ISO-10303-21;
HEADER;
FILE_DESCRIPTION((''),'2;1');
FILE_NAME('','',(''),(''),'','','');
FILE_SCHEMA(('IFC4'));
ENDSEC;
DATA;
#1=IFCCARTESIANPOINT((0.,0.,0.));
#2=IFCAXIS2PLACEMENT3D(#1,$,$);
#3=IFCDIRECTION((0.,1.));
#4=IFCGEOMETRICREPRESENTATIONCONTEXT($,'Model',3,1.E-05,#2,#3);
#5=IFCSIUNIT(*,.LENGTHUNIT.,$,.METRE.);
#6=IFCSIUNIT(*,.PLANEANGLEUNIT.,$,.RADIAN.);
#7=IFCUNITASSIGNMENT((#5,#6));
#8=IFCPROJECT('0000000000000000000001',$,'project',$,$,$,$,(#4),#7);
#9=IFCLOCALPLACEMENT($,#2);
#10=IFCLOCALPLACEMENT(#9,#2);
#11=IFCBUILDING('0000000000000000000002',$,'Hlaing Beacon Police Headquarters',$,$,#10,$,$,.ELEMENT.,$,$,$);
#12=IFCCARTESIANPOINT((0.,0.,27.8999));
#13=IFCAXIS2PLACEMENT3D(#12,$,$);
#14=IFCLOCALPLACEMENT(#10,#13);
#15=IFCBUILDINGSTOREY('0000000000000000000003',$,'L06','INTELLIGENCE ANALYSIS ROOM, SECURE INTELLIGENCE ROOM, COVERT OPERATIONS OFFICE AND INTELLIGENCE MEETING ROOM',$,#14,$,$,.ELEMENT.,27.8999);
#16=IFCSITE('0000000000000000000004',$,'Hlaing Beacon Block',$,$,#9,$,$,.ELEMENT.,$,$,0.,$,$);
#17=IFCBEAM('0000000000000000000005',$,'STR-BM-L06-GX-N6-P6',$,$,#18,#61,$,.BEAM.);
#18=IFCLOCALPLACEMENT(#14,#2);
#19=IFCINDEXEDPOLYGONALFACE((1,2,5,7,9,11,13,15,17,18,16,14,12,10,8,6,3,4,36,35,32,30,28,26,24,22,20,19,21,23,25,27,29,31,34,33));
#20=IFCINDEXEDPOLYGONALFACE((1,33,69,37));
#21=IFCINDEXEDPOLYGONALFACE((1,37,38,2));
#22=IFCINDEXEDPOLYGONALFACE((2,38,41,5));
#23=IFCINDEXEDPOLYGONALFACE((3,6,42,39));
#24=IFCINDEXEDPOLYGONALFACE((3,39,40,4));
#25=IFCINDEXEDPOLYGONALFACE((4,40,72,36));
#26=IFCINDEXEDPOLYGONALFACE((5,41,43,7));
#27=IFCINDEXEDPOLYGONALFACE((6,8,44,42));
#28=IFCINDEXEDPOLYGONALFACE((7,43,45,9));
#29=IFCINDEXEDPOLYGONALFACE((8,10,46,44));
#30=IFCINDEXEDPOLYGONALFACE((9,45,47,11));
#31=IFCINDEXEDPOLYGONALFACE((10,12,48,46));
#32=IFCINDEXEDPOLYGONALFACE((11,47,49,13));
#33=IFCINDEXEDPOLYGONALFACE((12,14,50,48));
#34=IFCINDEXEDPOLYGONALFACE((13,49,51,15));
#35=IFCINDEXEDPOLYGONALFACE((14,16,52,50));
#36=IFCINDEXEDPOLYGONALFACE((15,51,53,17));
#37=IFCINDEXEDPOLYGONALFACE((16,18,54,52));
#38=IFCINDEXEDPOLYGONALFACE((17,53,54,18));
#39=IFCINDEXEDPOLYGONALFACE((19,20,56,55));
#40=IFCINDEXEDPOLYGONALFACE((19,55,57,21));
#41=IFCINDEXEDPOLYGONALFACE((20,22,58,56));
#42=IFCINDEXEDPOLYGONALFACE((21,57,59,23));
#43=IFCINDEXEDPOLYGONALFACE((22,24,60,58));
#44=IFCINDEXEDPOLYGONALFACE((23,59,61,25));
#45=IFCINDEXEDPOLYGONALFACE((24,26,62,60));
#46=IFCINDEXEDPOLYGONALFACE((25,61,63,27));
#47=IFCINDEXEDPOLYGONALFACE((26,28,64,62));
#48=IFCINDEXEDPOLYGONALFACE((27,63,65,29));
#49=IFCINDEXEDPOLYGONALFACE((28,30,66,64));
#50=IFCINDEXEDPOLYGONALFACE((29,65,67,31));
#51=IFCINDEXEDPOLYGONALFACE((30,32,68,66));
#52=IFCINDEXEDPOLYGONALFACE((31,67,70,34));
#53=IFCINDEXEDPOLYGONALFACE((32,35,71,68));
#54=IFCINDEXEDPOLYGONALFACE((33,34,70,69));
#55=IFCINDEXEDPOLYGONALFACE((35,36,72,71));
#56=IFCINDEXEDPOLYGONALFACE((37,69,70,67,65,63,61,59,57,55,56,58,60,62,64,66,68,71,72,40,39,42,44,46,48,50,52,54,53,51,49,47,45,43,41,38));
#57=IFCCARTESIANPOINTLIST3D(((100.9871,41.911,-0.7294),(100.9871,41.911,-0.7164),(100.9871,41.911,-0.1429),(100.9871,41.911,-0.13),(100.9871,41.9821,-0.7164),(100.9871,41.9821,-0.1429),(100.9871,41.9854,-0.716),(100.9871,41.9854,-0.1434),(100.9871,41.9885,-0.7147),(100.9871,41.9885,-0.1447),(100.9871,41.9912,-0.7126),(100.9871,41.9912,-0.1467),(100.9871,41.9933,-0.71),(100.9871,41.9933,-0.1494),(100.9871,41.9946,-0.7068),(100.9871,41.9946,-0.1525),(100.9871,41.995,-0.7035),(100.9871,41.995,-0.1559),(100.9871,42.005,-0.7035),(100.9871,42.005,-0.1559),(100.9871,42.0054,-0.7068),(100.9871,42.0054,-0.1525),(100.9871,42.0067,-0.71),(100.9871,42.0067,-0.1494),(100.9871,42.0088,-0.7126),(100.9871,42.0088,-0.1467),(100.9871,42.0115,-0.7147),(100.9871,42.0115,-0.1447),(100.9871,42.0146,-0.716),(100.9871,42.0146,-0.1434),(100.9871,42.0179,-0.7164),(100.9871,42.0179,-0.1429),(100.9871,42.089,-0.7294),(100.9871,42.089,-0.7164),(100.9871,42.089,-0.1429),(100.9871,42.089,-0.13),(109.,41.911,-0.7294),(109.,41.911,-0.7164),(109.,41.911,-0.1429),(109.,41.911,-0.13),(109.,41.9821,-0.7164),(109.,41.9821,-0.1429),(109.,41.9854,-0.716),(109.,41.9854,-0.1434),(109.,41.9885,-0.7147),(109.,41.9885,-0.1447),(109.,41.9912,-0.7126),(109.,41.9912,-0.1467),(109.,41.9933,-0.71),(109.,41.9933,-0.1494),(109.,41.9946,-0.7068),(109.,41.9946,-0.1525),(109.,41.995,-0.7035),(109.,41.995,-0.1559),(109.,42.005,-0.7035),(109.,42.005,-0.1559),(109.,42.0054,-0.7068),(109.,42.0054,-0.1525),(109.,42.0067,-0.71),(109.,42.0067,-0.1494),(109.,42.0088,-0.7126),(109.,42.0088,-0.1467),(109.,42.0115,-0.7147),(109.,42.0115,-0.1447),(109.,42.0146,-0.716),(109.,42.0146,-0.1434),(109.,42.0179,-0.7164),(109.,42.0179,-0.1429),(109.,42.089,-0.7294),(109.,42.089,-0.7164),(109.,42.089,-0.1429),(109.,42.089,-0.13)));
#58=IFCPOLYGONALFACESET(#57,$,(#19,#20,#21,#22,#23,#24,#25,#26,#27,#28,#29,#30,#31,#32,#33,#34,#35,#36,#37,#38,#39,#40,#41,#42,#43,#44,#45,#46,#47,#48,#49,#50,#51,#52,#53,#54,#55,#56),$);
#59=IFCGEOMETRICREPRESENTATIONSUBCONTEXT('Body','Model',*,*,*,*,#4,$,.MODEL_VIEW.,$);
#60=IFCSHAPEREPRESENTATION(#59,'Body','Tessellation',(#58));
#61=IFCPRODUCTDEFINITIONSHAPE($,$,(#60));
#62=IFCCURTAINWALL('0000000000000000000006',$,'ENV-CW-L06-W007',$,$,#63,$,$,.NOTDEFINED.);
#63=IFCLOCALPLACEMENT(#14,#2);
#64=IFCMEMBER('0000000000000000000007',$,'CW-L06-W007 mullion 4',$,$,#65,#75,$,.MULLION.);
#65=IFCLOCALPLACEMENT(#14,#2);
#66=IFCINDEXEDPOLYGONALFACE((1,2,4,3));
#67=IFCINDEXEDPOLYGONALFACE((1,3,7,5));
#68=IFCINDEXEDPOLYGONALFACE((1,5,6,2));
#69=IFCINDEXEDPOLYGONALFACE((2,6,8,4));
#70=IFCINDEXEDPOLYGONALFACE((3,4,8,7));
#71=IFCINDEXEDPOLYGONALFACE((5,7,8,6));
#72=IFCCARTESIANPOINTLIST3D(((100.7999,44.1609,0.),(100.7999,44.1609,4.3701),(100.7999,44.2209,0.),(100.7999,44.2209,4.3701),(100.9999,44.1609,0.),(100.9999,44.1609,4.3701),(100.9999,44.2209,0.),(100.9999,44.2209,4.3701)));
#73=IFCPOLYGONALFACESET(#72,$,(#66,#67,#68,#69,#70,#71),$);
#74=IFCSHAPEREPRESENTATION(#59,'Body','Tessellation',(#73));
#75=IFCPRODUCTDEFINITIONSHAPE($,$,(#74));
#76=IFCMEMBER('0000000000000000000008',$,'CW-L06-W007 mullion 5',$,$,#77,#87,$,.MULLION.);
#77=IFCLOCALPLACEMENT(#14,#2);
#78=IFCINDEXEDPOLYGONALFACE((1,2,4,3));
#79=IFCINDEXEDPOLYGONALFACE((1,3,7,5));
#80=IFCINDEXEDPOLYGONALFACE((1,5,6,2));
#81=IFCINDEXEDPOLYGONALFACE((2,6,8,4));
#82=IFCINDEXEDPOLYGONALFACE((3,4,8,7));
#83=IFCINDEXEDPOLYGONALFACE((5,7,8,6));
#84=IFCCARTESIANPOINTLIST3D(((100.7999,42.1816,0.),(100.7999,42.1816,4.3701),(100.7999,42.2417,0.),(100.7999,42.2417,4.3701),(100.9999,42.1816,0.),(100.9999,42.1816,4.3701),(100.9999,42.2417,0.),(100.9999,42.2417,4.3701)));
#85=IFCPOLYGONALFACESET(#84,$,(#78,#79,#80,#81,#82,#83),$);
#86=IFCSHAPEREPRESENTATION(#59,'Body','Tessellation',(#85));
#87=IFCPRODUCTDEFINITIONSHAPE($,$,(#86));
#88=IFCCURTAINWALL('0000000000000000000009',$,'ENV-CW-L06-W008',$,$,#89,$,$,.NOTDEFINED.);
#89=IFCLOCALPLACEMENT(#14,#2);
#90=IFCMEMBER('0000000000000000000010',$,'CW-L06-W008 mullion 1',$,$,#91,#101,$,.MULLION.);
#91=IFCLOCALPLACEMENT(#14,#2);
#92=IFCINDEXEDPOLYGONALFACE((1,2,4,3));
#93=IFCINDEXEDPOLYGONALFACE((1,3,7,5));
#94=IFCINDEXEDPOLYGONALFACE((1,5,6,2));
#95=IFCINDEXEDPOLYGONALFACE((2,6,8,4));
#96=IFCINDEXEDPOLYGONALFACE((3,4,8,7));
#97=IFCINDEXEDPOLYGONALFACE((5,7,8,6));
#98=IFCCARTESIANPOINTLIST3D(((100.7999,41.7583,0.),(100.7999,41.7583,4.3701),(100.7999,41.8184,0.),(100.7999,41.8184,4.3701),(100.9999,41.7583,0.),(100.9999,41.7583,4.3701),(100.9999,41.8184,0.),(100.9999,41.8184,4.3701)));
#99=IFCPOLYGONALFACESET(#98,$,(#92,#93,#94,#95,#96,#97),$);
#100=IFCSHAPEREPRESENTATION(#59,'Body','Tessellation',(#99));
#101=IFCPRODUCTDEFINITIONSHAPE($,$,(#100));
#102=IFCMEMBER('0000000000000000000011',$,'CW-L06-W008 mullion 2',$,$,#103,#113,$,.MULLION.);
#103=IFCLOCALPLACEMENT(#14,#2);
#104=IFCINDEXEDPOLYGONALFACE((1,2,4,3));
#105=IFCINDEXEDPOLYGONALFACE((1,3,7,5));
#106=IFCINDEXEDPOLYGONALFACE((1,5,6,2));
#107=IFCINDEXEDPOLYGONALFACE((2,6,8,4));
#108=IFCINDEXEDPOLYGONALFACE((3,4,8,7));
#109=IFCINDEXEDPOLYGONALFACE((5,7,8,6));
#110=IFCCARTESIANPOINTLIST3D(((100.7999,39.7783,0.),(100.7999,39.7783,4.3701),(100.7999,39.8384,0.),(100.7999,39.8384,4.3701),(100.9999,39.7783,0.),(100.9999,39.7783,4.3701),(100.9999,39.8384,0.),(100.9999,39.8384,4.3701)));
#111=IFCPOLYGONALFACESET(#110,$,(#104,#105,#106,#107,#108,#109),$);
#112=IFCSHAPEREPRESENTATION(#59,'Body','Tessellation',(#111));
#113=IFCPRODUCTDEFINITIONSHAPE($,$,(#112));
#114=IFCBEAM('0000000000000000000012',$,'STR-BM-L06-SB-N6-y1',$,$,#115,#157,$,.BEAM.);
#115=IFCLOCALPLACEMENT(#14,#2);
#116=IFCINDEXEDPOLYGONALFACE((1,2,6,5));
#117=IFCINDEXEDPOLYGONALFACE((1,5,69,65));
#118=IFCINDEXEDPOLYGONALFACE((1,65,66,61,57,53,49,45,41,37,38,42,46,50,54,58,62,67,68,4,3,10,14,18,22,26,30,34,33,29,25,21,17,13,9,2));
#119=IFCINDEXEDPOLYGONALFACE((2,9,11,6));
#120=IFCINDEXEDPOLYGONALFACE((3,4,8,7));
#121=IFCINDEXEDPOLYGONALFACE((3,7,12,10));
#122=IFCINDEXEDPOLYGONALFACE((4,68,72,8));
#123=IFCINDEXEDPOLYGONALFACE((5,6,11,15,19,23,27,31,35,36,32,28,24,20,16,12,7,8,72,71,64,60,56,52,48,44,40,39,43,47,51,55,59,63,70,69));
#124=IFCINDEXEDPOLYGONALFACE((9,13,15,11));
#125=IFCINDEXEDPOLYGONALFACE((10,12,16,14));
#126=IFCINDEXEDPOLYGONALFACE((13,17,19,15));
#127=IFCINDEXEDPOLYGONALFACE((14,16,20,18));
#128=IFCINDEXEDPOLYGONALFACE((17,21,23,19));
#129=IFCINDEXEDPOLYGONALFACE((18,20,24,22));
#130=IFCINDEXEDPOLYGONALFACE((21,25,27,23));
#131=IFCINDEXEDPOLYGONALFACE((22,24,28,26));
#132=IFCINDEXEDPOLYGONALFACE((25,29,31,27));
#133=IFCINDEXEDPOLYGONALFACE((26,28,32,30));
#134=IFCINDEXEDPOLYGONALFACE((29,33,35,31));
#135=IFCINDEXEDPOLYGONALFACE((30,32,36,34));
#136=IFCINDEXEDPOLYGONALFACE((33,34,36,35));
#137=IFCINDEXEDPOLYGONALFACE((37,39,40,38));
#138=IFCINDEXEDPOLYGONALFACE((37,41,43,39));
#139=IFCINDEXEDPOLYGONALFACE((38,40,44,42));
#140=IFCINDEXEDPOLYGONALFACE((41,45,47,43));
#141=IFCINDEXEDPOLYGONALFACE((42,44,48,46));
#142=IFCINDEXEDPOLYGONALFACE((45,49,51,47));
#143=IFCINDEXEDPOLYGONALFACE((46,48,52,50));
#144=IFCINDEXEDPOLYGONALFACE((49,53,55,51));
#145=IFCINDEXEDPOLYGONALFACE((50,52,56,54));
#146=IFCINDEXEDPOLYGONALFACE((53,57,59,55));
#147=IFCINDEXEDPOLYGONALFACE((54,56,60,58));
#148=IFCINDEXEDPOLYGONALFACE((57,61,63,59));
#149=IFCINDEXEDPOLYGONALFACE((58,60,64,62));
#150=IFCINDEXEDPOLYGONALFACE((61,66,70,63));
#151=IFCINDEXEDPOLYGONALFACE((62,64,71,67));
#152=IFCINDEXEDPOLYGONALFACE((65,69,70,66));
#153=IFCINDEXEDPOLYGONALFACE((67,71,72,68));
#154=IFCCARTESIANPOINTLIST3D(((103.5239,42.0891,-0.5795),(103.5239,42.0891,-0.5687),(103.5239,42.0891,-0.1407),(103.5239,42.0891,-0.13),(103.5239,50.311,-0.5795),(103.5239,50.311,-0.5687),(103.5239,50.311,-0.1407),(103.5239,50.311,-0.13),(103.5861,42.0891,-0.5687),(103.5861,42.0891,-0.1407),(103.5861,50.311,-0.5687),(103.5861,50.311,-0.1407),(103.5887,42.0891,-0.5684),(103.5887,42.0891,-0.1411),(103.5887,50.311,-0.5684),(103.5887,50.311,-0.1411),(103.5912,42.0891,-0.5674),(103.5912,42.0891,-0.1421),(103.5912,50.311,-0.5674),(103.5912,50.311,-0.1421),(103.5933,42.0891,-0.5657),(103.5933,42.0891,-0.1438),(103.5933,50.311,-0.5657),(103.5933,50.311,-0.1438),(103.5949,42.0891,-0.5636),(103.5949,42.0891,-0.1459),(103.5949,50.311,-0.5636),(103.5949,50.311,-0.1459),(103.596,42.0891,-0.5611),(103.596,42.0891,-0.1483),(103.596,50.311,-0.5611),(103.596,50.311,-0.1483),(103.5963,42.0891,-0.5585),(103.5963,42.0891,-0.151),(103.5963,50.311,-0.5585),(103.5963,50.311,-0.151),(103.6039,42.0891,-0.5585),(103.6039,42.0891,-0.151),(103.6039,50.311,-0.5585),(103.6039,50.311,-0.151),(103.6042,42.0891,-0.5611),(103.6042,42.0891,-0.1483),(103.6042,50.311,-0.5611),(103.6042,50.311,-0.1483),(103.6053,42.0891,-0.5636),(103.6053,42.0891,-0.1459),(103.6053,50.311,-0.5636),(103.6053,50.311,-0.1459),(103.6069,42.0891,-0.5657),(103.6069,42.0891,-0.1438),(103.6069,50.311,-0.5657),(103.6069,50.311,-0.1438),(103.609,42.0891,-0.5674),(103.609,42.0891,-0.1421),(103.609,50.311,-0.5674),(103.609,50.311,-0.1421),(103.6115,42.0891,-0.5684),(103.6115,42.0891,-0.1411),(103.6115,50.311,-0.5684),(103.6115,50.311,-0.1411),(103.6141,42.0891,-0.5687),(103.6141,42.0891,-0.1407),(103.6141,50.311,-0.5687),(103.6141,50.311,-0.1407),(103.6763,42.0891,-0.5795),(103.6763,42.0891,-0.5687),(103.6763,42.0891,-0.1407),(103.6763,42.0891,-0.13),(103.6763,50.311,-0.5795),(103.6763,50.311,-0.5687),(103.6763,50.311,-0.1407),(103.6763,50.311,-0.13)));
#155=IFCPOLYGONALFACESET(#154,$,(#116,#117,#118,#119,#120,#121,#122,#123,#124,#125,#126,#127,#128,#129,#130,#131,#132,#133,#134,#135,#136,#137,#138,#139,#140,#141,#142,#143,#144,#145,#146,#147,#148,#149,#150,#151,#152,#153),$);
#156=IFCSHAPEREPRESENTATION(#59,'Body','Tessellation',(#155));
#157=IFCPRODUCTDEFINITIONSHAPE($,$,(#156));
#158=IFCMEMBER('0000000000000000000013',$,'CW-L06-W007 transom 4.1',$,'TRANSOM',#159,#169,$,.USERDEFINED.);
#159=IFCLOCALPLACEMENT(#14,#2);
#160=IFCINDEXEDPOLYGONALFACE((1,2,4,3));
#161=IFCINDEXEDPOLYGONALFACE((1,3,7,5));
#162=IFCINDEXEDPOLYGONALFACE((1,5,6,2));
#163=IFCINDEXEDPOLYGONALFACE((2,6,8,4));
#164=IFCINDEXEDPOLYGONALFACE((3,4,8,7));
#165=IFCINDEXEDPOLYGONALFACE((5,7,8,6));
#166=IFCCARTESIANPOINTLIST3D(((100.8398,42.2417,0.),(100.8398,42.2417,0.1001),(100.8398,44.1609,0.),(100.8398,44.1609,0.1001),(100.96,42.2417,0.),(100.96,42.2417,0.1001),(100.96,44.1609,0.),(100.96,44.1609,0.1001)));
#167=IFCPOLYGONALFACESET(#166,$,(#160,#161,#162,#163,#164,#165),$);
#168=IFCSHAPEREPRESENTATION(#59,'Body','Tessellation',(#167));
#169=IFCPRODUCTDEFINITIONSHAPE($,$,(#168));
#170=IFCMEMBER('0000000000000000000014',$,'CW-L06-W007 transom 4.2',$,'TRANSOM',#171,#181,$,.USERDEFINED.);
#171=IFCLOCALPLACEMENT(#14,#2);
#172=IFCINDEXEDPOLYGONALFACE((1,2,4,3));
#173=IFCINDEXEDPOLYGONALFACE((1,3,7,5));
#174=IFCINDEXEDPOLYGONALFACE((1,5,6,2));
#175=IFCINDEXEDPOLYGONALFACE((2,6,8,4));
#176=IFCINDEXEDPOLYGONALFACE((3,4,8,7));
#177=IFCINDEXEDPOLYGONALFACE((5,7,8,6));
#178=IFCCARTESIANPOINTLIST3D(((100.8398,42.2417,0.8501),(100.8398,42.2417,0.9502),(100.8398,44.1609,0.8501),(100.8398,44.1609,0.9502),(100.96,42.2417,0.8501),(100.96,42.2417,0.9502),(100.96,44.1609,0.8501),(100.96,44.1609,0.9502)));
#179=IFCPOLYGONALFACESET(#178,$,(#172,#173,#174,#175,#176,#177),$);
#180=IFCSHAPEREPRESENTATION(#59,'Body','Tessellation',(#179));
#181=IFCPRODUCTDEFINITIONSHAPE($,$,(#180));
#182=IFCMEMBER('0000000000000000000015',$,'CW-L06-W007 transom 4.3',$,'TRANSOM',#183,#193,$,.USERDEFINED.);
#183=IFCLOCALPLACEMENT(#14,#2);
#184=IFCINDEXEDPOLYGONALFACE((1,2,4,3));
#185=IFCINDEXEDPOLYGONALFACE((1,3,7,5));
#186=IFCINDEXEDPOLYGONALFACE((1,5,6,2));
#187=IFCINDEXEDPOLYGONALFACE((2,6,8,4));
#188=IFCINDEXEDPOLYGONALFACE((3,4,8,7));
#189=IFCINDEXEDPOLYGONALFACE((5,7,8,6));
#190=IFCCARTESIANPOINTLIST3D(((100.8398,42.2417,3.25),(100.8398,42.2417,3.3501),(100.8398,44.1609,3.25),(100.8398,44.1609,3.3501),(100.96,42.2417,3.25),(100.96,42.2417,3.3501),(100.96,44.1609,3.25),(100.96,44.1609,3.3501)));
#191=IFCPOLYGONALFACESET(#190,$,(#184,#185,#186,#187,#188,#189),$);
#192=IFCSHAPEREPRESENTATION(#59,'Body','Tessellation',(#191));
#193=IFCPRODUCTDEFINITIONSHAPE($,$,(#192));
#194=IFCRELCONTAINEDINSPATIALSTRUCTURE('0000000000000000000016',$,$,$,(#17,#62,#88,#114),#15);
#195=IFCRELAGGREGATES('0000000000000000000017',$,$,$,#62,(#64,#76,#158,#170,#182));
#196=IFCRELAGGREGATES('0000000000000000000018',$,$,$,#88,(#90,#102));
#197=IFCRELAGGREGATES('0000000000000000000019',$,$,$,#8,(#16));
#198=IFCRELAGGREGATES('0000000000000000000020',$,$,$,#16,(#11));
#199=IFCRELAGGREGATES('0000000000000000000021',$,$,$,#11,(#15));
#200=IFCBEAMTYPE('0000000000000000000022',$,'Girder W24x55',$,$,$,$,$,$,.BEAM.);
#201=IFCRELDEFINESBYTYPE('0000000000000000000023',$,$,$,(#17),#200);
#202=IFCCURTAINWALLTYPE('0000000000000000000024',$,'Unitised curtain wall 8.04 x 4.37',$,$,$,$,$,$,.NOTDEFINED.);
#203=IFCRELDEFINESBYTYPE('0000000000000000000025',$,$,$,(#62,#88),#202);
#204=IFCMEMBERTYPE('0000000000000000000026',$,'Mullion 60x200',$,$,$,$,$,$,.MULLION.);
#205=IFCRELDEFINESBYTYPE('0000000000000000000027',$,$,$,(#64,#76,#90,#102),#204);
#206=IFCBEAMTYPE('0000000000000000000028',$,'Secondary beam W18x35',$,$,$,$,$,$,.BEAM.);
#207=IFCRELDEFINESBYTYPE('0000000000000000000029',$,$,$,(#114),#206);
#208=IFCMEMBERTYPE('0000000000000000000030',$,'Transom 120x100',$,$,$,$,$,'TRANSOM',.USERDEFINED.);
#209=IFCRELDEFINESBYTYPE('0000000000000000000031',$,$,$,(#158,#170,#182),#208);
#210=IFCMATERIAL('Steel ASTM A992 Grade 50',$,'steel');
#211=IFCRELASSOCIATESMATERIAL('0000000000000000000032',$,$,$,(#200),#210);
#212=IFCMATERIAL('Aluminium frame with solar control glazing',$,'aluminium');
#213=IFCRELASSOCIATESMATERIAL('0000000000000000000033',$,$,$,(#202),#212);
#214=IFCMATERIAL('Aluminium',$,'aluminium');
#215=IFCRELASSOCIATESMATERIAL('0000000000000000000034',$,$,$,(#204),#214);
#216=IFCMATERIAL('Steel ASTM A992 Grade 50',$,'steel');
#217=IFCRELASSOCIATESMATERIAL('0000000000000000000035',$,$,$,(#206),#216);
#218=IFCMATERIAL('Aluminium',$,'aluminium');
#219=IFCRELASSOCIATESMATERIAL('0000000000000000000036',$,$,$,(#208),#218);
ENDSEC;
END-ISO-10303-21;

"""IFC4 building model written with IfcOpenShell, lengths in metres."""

from ifc_helpers import new_model, si_unit, direction, frame, origin, origin_2d, place, context, subcontext, project, spatial, rectangle, i_section, extrude, material, material_profile, profile_set, type_object, element, aggregate, save


model = new_model("IFC4")

# Units and contexts
model_context = context("Model", 3, precision=1e-05, world=origin(), true_north=direction((0.0, 1.0)))
body_context = subcontext(model_context, "Body", "Model", "MODEL_VIEW")
ifc_project = project(units=[si_unit("LENGTHUNIT", "METRE"), si_unit("PLANEANGLEUNIT", "RADIAN")], contexts=[model_context])

# Site, building, storey
site_placement = place(None, origin())
site = spatial("IfcSite", under=ifc_project, at=site_placement, Name="Hlaing Beacon Block", CompositionType="ELEMENT", RefElevation=0.0)
building_placement = place(site_placement, origin())
building = spatial("IfcBuilding", under=site, at=building_placement, Name="Hlaing Beacon Police Headquarters", CompositionType="ELEMENT")
storey_placement = place(building_placement, frame((0.0, 0.0, 27.8999)))
storey = spatial("IfcBuildingStorey", under=building, at=storey_placement, Name="L06", Description="INTELLIGENCE ANALYSIS ROOM, SECURE INTELLIGENCE ROOM, COVERT OPERATIONS OFFICE AND INTELLIGENCE MEETING ROOM", CompositionType="ELEMENT", Elevation=27.8999)

# Beam
ifc_material_1 = material(Name="Steel ASTM A992 Grade 50", Category="steel")
ifc_material_profile_1 = material_profile(ifc_material_1, i_section(OverallWidth=0.178, OverallDepth=0.5994, WebThickness=0.01, FlangeThickness=0.0129, FilletRadius=0.0129, at=origin_2d()), Name="W24x55")
ifc_profile_set_1 = profile_set([ifc_material_profile_1], Name="Steel ASTM A992 Grade 50")
beam_type_1 = type_object("IfcBeamType", Name="Girder W24x55", PredefinedType="BEAM", material=ifc_profile_set_1)
beam_1_placement = place(storey_placement, frame((100.9871, 42.0, -0.4297), z_axis=(1.0, 0.0, 0.0), x_axis=(0.0, 1.0, 0.0)))
element("IfcBeam", 1, at=beam_1_placement, inside=storey, type_object=beam_type_1, Name="STR-BM-L06-GX-N6-P6", PredefinedType="BEAM", context=body_context, shape_type="SweptSolid", body=[
    extrude(i_section(OverallWidth=0.178, OverallDepth=0.5994, WebThickness=0.01, FlangeThickness=0.0129, FilletRadius=0.0129, at=origin_2d()), origin(), (0.0, 0.0, 1.0), 8.0129),
])

# Curtain walls, members
ifc_material_2 = material(Name="Aluminium frame with solar control glazing", Category="aluminium")
curtain_wall_type = type_object("IfcCurtainWallType", Name="Unitised curtain wall 8.04 x 4.37", PredefinedType="NOTDEFINED", material=ifc_material_2)
curtain_wall_1_placement = place(storey_placement, origin())
curtain_wall_1 = element("IfcCurtainWall", 2, at=curtain_wall_1_placement, inside=storey, type_object=curtain_wall_type, Name="ENV-CW-L06-W007", PredefinedType="NOTDEFINED")
ifc_material_3 = material(Name="Aluminium", Category="aluminium")
ifc_material_profile_2 = material_profile(ifc_material_3, rectangle(XDim=0.2, YDim=0.0601, at=origin_2d()), Name="Mullion 60x200")
ifc_profile_set_2 = profile_set([ifc_material_profile_2], Name="Aluminium")
member_type_1 = type_object("IfcMemberType", Name="Mullion 60x200", PredefinedType="MULLION", material=ifc_profile_set_2)
member_1_placement = place(storey_placement, frame((100.8999, 44.1909, 0.0), z_axis=(0.0, 0.0, 1.0), x_axis=(1.0, 0.0, 0.0)))
member_1 = element("IfcMember", 3, at=member_1_placement, type_object=member_type_1, Name="CW-L06-W007 mullion 4", PredefinedType="MULLION", context=body_context, shape_type="SweptSolid", body=[
    extrude(rectangle(XDim=0.2, YDim=0.0601, at=origin_2d()), origin(), (0.0, 0.0, 1.0), 4.3701),
])
member_2_placement = place(storey_placement, frame((100.8999, 42.2117, 0.0), z_axis=(0.0, 0.0, 1.0), x_axis=(1.0, 0.0, 0.0)))
member_2 = element("IfcMember", 4, at=member_2_placement, type_object=member_type_1, Name="CW-L06-W007 mullion 5", PredefinedType="MULLION", context=body_context, shape_type="SweptSolid", body=[
    extrude(rectangle(XDim=0.2, YDim=0.0601, at=origin_2d()), origin(), (0.0, 0.0, 1.0), 4.3701),
])
curtain_wall_2_placement = place(storey_placement, origin())
curtain_wall_2 = element("IfcCurtainWall", 5, at=curtain_wall_2_placement, inside=storey, type_object=curtain_wall_type, Name="ENV-CW-L06-W008", PredefinedType="NOTDEFINED")
member_3_placement = place(storey_placement, frame((100.8999, 41.7883, 0.0), z_axis=(0.0, 0.0, 1.0), x_axis=(1.0, 0.0, 0.0)))
member_3 = element("IfcMember", 6, at=member_3_placement, type_object=member_type_1, Name="CW-L06-W008 mullion 1", PredefinedType="MULLION", context=body_context, shape_type="SweptSolid", body=[
    extrude(rectangle(XDim=0.2, YDim=0.0601, at=origin_2d()), origin(), (0.0, 0.0, 1.0), 4.3701),
])
member_4_placement = place(storey_placement, frame((100.8999, 39.8083, 0.0), z_axis=(0.0, 0.0, 1.0), x_axis=(1.0, 0.0, 0.0)))
member_4 = element("IfcMember", 7, at=member_4_placement, type_object=member_type_1, Name="CW-L06-W008 mullion 2", PredefinedType="MULLION", context=body_context, shape_type="SweptSolid", body=[
    extrude(rectangle(XDim=0.2, YDim=0.0601, at=origin_2d()), origin(), (0.0, 0.0, 1.0), 4.3701),
])

# Beam
ifc_material_4 = material(Name="Steel ASTM A992 Grade 50", Category="steel")
ifc_material_profile_3 = material_profile(ifc_material_4, i_section(OverallWidth=0.1523, OverallDepth=0.4495, WebThickness=0.0076, FlangeThickness=0.0107, FilletRadius=0.0103, at=origin_2d()), Name="W18x35")
ifc_profile_set_3 = profile_set([ifc_material_profile_3], Name="Steel ASTM A992 Grade 50")
beam_type_2 = type_object("IfcBeamType", Name="Secondary beam W18x35", PredefinedType="BEAM", material=ifc_profile_set_3)
beam_2_placement = place(storey_placement, frame((103.6001, 42.0891, -0.3547), z_axis=(0.0, 1.0, 0.0), x_axis=(-1.0, 0.0, 0.0)))
element("IfcBeam", 8, at=beam_2_placement, inside=storey, type_object=beam_type_2, Name="STR-BM-L06-SB-N6-y1", PredefinedType="BEAM", context=body_context, shape_type="SweptSolid", body=[
    extrude(i_section(OverallWidth=0.1523, OverallDepth=0.4495, WebThickness=0.0076, FlangeThickness=0.0107, FilletRadius=0.0103, at=origin_2d()), origin(), (0.0, 0.0, 1.0), 8.2219),
])

# Members
ifc_material_5 = material(Name="Aluminium", Category="aluminium")
ifc_material_profile_4 = material_profile(ifc_material_5, rectangle(XDim=0.1201, YDim=0.1001, at=origin_2d()), Name="Transom 120x100")
ifc_profile_set_4 = profile_set([ifc_material_profile_4], Name="Aluminium")
member_type_2 = type_object("IfcMemberType", Name="Transom 120x100", ElementType="TRANSOM", PredefinedType="USERDEFINED", material=ifc_profile_set_4)
member_5_placement = place(storey_placement, frame((100.8999, 44.1609, 0.05), z_axis=(0.0, -1.0, 0.0), x_axis=(1.0, 0.0, 0.0)))
member_5 = element("IfcMember", 9, at=member_5_placement, type_object=member_type_2, Name="CW-L06-W007 transom 4.1", ObjectType="TRANSOM", PredefinedType="USERDEFINED", context=body_context, shape_type="SweptSolid", body=[
    extrude(rectangle(XDim=0.1201, YDim=0.1001, at=origin_2d()), origin(), (0.0, 0.0, 1.0), 1.9192),
])
member_6_placement = place(storey_placement, frame((100.8999, 44.1609, 0.9001), z_axis=(0.0, -1.0, 0.0), x_axis=(1.0, 0.0, 0.0)))
member_6 = element("IfcMember", 10, at=member_6_placement, type_object=member_type_2, Name="CW-L06-W007 transom 4.2", ObjectType="TRANSOM", PredefinedType="USERDEFINED", context=body_context, shape_type="SweptSolid", body=[
    extrude(rectangle(XDim=0.1201, YDim=0.1001, at=origin_2d()), origin(), (0.0, 0.0, 1.0), 1.9192),
])
member_7_placement = place(storey_placement, frame((100.8999, 44.1609, 3.3), z_axis=(0.0, -1.0, 0.0), x_axis=(1.0, 0.0, 0.0)))
member_7 = element("IfcMember", 11, at=member_7_placement, type_object=member_type_2, Name="CW-L06-W007 transom 4.3", ObjectType="TRANSOM", PredefinedType="USERDEFINED", context=body_context, shape_type="SweptSolid", body=[
    extrude(rectangle(XDim=0.1201, YDim=0.1001, at=origin_2d()), origin(), (0.0, 0.0, 1.0), 1.9192),
])
aggregate(curtain_wall_1, [member_1, member_2, member_5, member_6, member_7])

aggregate(curtain_wall_2, [member_3, member_4])

save(model, "model.ifc")
